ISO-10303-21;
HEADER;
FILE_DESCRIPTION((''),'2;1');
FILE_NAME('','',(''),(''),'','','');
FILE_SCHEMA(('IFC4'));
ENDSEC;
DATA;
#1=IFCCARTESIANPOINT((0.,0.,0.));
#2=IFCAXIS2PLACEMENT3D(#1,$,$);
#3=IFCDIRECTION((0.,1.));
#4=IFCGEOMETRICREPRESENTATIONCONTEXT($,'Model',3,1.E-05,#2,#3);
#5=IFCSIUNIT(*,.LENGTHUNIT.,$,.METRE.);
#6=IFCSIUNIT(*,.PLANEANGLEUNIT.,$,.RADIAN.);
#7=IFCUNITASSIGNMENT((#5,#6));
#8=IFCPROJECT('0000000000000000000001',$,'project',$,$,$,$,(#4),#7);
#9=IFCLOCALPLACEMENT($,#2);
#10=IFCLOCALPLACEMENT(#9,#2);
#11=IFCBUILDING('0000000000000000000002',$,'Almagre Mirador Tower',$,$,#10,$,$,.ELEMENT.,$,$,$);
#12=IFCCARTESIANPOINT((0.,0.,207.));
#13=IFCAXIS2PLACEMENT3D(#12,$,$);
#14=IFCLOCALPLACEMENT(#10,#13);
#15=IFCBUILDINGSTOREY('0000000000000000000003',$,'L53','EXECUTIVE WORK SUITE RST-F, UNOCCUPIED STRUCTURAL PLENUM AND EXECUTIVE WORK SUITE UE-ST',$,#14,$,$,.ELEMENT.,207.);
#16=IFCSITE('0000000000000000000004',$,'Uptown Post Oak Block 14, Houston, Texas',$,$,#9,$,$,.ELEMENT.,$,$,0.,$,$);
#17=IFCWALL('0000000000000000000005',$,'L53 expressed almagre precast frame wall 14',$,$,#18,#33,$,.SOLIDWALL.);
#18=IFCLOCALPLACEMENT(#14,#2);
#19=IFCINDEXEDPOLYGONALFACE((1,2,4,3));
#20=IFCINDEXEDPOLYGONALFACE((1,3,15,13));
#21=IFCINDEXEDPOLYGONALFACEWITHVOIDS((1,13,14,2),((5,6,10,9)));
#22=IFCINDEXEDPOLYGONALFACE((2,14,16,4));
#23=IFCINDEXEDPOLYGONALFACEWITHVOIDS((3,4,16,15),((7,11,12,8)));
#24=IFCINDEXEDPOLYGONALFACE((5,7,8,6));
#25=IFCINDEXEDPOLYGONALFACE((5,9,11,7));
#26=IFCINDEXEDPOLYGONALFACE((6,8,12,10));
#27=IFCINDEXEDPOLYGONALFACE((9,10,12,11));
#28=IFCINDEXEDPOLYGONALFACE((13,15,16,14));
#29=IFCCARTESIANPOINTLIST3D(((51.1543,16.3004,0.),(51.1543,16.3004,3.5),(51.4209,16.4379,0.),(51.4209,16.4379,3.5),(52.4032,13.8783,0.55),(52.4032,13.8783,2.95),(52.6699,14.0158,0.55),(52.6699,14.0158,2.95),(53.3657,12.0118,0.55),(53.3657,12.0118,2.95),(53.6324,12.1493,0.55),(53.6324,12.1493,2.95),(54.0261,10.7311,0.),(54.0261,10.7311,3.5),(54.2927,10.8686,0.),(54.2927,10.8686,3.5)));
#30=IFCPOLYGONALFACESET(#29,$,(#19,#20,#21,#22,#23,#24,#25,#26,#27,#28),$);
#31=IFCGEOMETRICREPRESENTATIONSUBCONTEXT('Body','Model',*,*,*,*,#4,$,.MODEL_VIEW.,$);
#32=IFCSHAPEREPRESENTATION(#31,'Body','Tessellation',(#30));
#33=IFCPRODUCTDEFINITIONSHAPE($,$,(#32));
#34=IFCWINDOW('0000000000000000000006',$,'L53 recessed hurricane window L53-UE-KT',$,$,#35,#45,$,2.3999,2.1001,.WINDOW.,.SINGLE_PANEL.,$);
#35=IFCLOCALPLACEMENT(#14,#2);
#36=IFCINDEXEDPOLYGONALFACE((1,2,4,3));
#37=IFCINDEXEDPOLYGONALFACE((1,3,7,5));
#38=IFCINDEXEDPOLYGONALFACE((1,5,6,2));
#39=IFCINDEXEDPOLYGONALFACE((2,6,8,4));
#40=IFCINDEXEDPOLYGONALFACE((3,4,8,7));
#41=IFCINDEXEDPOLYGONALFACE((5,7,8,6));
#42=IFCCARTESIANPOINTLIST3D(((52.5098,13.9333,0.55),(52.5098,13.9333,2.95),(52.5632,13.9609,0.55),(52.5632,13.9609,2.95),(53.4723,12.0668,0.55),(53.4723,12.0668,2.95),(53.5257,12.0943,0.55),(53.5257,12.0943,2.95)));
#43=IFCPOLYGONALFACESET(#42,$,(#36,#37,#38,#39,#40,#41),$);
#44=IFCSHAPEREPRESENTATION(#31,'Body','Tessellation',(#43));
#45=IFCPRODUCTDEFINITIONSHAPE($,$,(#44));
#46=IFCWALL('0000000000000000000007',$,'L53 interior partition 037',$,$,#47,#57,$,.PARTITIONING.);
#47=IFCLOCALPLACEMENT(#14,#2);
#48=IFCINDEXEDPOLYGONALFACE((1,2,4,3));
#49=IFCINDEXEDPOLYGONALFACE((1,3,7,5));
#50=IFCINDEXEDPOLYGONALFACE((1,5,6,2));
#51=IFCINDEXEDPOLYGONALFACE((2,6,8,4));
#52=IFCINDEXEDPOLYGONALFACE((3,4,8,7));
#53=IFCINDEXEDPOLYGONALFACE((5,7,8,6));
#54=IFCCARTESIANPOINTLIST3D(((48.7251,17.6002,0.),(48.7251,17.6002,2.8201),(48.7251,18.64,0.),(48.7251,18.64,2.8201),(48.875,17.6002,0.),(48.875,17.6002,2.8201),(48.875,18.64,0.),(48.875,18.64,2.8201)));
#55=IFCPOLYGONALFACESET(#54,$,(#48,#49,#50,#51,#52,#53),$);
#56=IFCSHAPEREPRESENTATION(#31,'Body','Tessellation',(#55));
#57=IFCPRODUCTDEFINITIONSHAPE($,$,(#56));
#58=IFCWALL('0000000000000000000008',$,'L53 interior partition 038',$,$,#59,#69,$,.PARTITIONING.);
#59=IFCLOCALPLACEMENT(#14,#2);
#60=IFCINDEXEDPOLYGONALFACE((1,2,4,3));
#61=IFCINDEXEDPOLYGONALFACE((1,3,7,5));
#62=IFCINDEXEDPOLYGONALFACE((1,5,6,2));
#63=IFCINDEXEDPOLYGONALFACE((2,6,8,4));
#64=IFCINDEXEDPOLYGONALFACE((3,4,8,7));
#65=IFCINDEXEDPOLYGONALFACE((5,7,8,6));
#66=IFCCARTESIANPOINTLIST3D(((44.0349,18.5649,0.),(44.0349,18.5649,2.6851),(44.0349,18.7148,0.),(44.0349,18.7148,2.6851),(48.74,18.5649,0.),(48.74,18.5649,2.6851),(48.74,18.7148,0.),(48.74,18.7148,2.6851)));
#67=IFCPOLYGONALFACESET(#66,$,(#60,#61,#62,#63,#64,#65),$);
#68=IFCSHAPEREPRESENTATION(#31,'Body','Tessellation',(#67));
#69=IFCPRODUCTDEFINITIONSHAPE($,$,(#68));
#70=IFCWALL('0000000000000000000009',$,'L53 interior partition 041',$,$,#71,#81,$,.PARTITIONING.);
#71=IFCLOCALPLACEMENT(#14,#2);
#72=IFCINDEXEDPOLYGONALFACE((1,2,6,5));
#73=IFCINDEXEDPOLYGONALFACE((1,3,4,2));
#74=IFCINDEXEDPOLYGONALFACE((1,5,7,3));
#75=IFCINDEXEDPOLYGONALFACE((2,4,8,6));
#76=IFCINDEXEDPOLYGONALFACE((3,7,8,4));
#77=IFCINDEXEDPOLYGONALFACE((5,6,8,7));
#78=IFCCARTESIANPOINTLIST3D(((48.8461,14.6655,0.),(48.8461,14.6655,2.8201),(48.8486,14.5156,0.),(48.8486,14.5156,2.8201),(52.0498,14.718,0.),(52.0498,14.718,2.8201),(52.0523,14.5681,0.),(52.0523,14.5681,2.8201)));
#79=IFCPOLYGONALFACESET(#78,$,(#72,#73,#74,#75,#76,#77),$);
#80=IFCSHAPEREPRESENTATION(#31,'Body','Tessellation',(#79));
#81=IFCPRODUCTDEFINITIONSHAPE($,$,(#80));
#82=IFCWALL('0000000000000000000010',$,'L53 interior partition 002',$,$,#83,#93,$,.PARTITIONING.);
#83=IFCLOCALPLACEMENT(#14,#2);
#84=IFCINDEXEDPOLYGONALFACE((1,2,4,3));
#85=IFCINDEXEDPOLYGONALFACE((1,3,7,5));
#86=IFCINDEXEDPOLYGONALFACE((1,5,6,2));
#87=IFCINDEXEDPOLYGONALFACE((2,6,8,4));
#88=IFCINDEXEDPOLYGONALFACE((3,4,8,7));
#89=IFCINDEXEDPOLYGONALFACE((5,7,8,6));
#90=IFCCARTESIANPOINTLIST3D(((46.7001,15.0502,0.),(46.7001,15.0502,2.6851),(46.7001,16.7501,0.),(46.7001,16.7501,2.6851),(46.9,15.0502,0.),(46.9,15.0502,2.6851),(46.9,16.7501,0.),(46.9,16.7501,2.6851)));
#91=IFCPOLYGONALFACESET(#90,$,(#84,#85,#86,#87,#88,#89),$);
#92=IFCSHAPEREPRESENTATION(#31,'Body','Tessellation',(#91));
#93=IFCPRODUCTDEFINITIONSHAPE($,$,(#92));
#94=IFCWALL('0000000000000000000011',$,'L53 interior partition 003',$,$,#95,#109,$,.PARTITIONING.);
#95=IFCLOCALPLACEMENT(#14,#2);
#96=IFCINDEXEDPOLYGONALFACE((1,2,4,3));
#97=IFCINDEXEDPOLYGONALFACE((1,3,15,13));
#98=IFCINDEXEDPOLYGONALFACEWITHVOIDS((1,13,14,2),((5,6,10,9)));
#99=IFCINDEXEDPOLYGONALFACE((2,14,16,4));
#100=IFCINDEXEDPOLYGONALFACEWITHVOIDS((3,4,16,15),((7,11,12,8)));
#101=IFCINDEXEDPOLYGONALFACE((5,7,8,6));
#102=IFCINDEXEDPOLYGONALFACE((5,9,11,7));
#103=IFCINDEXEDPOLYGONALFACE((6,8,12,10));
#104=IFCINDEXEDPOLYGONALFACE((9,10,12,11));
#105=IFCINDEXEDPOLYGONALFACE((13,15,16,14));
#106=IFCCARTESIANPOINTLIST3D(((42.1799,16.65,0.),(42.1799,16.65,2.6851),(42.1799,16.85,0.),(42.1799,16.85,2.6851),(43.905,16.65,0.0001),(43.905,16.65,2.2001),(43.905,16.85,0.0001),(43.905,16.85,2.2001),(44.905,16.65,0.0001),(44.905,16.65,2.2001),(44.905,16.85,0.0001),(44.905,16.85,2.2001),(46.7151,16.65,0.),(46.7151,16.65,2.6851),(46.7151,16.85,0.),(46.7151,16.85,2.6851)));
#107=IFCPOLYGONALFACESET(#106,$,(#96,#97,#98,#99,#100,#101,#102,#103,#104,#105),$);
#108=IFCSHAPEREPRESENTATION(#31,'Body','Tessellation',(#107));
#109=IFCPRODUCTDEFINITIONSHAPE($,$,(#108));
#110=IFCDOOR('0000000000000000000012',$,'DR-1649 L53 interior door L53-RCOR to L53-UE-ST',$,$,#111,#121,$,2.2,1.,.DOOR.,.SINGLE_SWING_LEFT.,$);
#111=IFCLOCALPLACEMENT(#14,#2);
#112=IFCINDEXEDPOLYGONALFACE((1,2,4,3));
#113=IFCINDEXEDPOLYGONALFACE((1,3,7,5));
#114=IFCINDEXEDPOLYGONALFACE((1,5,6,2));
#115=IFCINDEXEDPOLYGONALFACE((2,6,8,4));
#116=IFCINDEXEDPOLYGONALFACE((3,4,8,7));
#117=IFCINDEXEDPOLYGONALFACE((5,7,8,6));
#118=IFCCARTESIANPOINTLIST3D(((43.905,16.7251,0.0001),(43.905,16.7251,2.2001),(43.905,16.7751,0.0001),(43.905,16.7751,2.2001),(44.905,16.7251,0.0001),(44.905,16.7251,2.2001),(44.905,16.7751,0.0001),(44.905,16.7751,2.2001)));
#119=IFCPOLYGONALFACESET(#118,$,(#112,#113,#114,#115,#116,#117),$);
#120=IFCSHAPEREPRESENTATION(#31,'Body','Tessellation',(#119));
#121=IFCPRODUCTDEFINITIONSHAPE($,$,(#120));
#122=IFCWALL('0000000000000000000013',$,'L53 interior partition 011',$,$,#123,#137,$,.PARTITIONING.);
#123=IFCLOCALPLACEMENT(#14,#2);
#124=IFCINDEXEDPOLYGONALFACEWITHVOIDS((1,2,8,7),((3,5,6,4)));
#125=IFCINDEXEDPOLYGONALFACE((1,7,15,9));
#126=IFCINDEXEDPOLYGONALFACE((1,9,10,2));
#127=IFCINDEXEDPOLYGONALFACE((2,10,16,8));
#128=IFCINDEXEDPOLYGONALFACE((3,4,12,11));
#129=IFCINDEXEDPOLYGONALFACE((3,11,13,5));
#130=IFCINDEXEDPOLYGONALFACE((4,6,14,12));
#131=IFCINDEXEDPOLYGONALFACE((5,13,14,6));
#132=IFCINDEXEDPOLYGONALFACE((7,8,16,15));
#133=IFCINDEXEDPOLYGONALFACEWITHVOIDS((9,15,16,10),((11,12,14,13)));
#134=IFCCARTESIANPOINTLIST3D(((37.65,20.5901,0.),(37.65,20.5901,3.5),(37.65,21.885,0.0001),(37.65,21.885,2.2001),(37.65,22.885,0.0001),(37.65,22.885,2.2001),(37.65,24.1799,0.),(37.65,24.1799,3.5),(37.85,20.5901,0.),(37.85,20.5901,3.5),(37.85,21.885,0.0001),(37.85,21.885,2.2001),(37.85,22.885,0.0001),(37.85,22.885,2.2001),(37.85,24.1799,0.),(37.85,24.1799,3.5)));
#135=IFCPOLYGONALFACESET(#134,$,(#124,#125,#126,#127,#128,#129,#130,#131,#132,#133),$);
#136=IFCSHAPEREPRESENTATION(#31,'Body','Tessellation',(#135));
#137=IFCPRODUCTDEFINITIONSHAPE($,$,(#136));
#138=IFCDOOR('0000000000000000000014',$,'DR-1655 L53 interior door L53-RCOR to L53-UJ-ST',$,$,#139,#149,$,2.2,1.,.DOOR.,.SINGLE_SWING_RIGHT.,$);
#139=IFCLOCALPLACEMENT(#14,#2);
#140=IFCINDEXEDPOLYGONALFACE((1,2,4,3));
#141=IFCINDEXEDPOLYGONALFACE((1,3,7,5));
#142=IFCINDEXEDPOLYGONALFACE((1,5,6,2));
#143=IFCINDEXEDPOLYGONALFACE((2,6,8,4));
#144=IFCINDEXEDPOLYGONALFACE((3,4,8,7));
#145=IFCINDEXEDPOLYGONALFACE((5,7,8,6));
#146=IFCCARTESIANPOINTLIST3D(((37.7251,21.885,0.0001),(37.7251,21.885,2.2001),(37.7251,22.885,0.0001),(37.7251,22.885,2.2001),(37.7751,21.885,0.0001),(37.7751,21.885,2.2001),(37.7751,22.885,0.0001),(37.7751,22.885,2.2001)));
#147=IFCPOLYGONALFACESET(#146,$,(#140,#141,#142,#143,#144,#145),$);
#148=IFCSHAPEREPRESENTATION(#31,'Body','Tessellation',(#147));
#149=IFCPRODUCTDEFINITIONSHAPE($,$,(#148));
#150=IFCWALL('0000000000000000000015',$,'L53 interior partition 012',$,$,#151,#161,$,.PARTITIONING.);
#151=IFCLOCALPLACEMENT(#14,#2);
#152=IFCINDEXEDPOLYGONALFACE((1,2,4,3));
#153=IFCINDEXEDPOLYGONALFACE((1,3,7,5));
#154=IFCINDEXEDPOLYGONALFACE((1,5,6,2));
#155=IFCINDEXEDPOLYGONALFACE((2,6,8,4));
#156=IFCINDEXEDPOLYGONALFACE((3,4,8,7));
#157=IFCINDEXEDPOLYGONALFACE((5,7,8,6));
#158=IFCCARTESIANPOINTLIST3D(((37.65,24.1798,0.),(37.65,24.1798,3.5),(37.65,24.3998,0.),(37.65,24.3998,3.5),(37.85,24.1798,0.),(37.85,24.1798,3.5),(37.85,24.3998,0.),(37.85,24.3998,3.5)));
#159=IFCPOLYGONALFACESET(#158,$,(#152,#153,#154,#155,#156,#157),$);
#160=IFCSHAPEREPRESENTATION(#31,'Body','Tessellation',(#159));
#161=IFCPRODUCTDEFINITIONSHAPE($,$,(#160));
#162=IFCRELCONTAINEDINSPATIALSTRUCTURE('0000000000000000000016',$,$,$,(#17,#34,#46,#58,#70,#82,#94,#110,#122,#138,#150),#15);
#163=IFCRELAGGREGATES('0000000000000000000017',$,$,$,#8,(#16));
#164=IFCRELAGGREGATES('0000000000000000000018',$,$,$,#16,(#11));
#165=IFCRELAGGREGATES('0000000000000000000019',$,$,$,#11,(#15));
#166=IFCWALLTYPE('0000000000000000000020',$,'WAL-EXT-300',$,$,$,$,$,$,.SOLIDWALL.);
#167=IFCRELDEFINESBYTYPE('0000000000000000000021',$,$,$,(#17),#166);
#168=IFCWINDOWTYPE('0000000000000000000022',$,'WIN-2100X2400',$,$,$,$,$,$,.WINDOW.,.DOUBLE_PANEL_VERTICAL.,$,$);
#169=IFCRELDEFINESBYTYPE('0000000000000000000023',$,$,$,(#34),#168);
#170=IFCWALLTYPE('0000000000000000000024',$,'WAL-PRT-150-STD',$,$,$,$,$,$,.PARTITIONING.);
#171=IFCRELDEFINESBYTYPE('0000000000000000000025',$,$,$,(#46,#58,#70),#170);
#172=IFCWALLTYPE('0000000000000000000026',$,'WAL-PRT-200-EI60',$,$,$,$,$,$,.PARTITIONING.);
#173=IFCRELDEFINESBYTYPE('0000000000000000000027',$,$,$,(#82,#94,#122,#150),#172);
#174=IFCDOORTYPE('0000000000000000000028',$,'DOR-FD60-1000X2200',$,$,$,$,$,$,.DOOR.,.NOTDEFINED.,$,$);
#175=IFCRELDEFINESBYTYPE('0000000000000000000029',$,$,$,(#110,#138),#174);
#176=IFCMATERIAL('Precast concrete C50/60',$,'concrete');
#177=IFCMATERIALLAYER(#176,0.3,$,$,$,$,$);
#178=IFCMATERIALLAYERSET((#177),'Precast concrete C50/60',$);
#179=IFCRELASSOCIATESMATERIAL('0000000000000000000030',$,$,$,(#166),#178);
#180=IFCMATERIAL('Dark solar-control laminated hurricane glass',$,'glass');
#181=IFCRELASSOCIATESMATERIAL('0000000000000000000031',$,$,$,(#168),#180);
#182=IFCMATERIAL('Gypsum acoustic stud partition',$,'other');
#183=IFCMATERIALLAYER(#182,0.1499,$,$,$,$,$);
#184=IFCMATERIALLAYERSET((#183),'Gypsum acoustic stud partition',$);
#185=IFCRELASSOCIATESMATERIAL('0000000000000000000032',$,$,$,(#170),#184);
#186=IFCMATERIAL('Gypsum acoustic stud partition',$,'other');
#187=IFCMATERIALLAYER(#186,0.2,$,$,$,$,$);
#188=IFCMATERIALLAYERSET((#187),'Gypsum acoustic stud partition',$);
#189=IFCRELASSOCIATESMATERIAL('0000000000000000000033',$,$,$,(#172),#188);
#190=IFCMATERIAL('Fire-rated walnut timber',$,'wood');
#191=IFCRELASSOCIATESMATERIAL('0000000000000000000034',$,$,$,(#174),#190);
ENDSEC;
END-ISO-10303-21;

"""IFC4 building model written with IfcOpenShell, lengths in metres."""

from ifc_helpers import new_model, si_unit, direction, frame, frame_2d, origin, place, context, subcontext, project, spatial, rectangle, extrude, material, layer, layer_set, type_object, element, fill, save


model = new_model("IFC4")

# Units and contexts
model_context = context("Model", 3, precision=1e-05, world=origin(), true_north=direction((0.0, 1.0)))
body_context = subcontext(model_context, "Body", "Model", "MODEL_VIEW")
ifc_project = project(units=[si_unit("LENGTHUNIT", "METRE"), si_unit("PLANEANGLEUNIT", "RADIAN")], contexts=[model_context])

# Site, building, storey
site_placement = place(None, origin())
site = spatial("IfcSite", under=ifc_project, at=site_placement, Name="Uptown Post Oak Block 14, Houston, Texas", CompositionType="ELEMENT", RefElevation=0.0)
building_placement = place(site_placement, origin())
building = spatial("IfcBuilding", under=site, at=building_placement, Name="Almagre Mirador Tower", CompositionType="ELEMENT")
storey_placement = place(building_placement, frame((0.0, 0.0, 207.0)))
storey = spatial("IfcBuildingStorey", under=building, at=storey_placement, Name="L53", Description="EXECUTIVE WORK SUITE RST-F, UNOCCUPIED STRUCTURAL PLENUM AND EXECUTIVE WORK SUITE UE-ST", CompositionType="ELEMENT", Elevation=207.0)

# Shared definitions
ifc_material_1 = material(Name="Precast concrete C50/60", Category="concrete")
ifc_layer_1 = layer(ifc_material_1, 0.3)
ifc_layer_set_1 = layer_set([ifc_layer_1], Name="Precast concrete C50/60")
wall_type_1 = type_object("IfcWallType", Name="WAL-EXT-300", PredefinedType="SOLIDWALL", material=ifc_layer_set_1)

# Wall, opening, window
wall_1_placement = place(storey_placement, frame((51.2876, 16.3691, 0.0), z_axis=(0.0, 0.0, 1.0), x_axis=(0.458306, -0.888794, 0.0)))
wall_1 = element("IfcWall", 1, at=wall_1_placement, inside=storey, type_object=wall_type_1, Name="L53 expressed almagre precast frame wall 14", PredefinedType="SOLIDWALL", context=body_context, shape_type="SweptSolid", body=[
    extrude(rectangle(XDim=6.2661, YDim=0.3, at=frame_2d((3.1331, 0.0))), origin(), (0.0, 0.0, 1.0), 3.5),
])
opening_1_placement = place(wall_1_placement, frame((2.7251, 0.0, 0.55)))
opening_1 = element("IfcOpeningElement", 2, at=opening_1_placement, cuts=wall_1, PredefinedType="OPENING", context=body_context, shape_type="SweptSolid", body=[
    extrude(rectangle(XDim=2.1001, YDim=2.3999, at=frame_2d((1.05, 1.2))), frame((0.0, 0.1599, 0.0), z_axis=(0.0, -1.0, 0.0), x_axis=(1.0, 0.0, 0.0)), (0.0, 0.0, 1.0), 0.32),
])
ifc_material_2 = material(Name="Dark solar-control laminated hurricane glass", Category="glass")
window_type_1 = type_object("IfcWindowType", Name="WIN-2100X2400", PartitioningType="DOUBLE_PANEL_VERTICAL", PredefinedType="WINDOW", material=ifc_material_2)
window_1_placement = place(opening_1_placement, origin())
window_1 = element("IfcWindow", 3, at=window_1_placement, inside=storey, type_object=window_type_1, Name="L53 recessed hurricane window L53-UE-KT", OverallHeight=2.3999, OverallWidth=2.1001, PartitioningType="SINGLE_PANEL", PredefinedType="WINDOW", context=body_context, shape_type="SweptSolid", body=[
    extrude(rectangle(XDim=2.1001, YDim=2.3999, at=frame_2d((1.05, 1.2))), frame((0.0, 0.03, 0.0), z_axis=(0.0, -1.0, 0.0), x_axis=(1.0, 0.0, 0.0)), (0.0, 0.0, 1.0), 0.0601),
])
fill(opening_1, window_1)

# Walls
ifc_material_3 = material(Name="Gypsum acoustic stud partition", Category="other")
ifc_layer_2 = layer(ifc_material_3, 0.1499)
ifc_layer_set_2 = layer_set([ifc_layer_2], Name="Gypsum acoustic stud partition")
wall_type_2 = type_object("IfcWallType", Name="WAL-PRT-150-STD", PredefinedType="PARTITIONING", material=ifc_layer_set_2)
wall_2_placement = place(storey_placement, frame((48.8, 17.6001, 0.0), z_axis=(0.0, 0.0, 1.0), x_axis=(0.0, 1.0, 0.0)))
element("IfcWall", 4, at=wall_2_placement, inside=storey, type_object=wall_type_2, Name="L53 interior partition 037", PredefinedType="PARTITIONING", context=body_context, shape_type="SweptSolid", body=[
    extrude(rectangle(XDim=1.0398, YDim=0.1499, at=frame_2d((0.52, 0.0))), origin(), (0.0, 0.0, 1.0), 2.8201),
])
wall_3_placement = place(storey_placement, frame((48.74, 18.6399, 0.0), z_axis=(0.0, 0.0, 1.0), x_axis=(-1.0, 0.0, 0.0)))
element("IfcWall", 5, at=wall_3_placement, inside=storey, type_object=wall_type_2, Name="L53 interior partition 038", PredefinedType="PARTITIONING", context=body_context, shape_type="SweptSolid", body=[
    extrude(rectangle(XDim=4.7051, YDim=0.1499, at=frame_2d((2.3525, 0.0))), origin(), (0.0, 0.0, 1.0), 2.6851),
])
wall_4_placement = place(storey_placement, frame((52.051, 14.6431, 0.0), z_axis=(0.0, 0.0, 1.0), x_axis=(-0.999866, -0.016382, 0.0)))
element("IfcWall", 6, at=wall_4_placement, inside=storey, type_object=wall_type_2, Name="L53 interior partition 041", PredefinedType="PARTITIONING", context=body_context, shape_type="SweptSolid", body=[
    extrude(rectangle(XDim=3.2041, YDim=0.1499, at=frame_2d((1.6021, 0.0))), origin(), (0.0, 0.0, 1.0), 2.8201),
])
ifc_material_4 = material(Name="Gypsum acoustic stud partition", Category="other")
ifc_layer_3 = layer(ifc_material_4, 0.2)
ifc_layer_set_3 = layer_set([ifc_layer_3], Name="Gypsum acoustic stud partition")
wall_type_3 = type_object("IfcWallType", Name="WAL-PRT-200-EI60", PredefinedType="PARTITIONING", material=ifc_layer_set_3)
wall_5_placement = place(storey_placement, frame((46.8, 15.05, 0.0), z_axis=(0.0, 0.0, 1.0), x_axis=(0.0, 1.0, 0.0)))
element("IfcWall", 7, at=wall_5_placement, inside=storey, type_object=wall_type_3, Name="L53 interior partition 002", PredefinedType="PARTITIONING", context=body_context, shape_type="SweptSolid", body=[
    extrude(rectangle(XDim=1.7, YDim=0.2, at=frame_2d((0.8501, 0.0))), origin(), (0.0, 0.0, 1.0), 2.6851),
])

# Walls, openings, doors
wall_6_placement = place(storey_placement, frame((46.7151, 16.75, 0.0), z_axis=(0.0, 0.0, 1.0), x_axis=(-1.0, 0.0, 0.0)))
wall_6 = element("IfcWall", 8, at=wall_6_placement, inside=storey, type_object=wall_type_3, Name="L53 interior partition 003", PredefinedType="PARTITIONING", context=body_context, shape_type="SweptSolid", body=[
    extrude(rectangle(XDim=4.5352, YDim=0.2, at=frame_2d((2.2676, 0.0))), origin(), (0.0, 0.0, 1.0), 2.6851),
])
opening_2_placement = place(wall_6_placement, frame((1.8101, 0.0, 0.0)))
opening_2 = element("IfcOpeningElement", 9, at=opening_2_placement, cuts=wall_6, PredefinedType="OPENING", context=body_context, shape_type="SweptSolid", body=[
    extrude(rectangle(XDim=1.0, YDim=2.2, at=frame_2d((0.5, 1.1001))), frame((0.0, 0.1101, 0.0), z_axis=(0.0, -1.0, 0.0), x_axis=(1.0, 0.0, 0.0)), (0.0, 0.0, 1.0), 0.22),
])
ifc_material_5 = material(Name="Fire-rated walnut timber", Category="wood")
door_type_1 = type_object("IfcDoorType", Name="DOR-FD60-1000X2200", OperationType="NOTDEFINED", PredefinedType="DOOR", material=ifc_material_5)
door_1_placement = place(opening_2_placement, origin())
door_1 = element("IfcDoor", 10, at=door_1_placement, inside=storey, type_object=door_type_1, Name="DR-1649 L53 interior door L53-RCOR to L53-UE-ST", OperationType="SINGLE_SWING_LEFT", OverallHeight=2.2, OverallWidth=1.0, PredefinedType="DOOR", context=body_context, shape_type="SweptSolid", body=[
    extrude(rectangle(XDim=1.0, YDim=2.2, at=frame_2d((0.5, 1.1001))), frame((0.0, 0.0249, 0.0), z_axis=(0.0, -1.0, 0.0), x_axis=(1.0, 0.0, 0.0)), (0.0, 0.0, 1.0), 0.05),
])
fill(opening_2, door_1)
wall_7_placement = place(storey_placement, frame((37.75, 20.5901, 0.0), z_axis=(0.0, 0.0, 1.0), x_axis=(0.0, 1.0, 0.0)))
wall_7 = element("IfcWall", 11, at=wall_7_placement, inside=storey, type_object=wall_type_3, Name="L53 interior partition 011", PredefinedType="PARTITIONING", context=body_context, shape_type="SweptSolid", body=[
    extrude(rectangle(XDim=3.5898, YDim=0.2, at=frame_2d((1.7949, 0.0))), origin(), (0.0, 0.0, 1.0), 3.5),
])
opening_3_placement = place(wall_7_placement, frame((1.2949, 0.0, 0.0)))
opening_3 = element("IfcOpeningElement", 12, at=opening_3_placement, cuts=wall_7, PredefinedType="OPENING", context=body_context, shape_type="SweptSolid", body=[
    extrude(rectangle(XDim=1.0, YDim=2.2, at=frame_2d((0.5, 1.1001))), frame((0.0, 0.1101, 0.0), z_axis=(0.0, -1.0, 0.0), x_axis=(1.0, 0.0, 0.0)), (0.0, 0.0, 1.0), 0.22),
])
door_2_placement = place(opening_3_placement, origin())
door_2 = element("IfcDoor", 13, at=door_2_placement, inside=storey, type_object=door_type_1, Name="DR-1655 L53 interior door L53-RCOR to L53-UJ-ST", OperationType="SINGLE_SWING_RIGHT", OverallHeight=2.2, OverallWidth=1.0, PredefinedType="DOOR", context=body_context, shape_type="SweptSolid", body=[
    extrude(rectangle(XDim=1.0, YDim=2.2, at=frame_2d((0.5, 1.1001))), frame((0.0, 0.0249, 0.0), z_axis=(0.0, -1.0, 0.0), x_axis=(1.0, 0.0, 0.0)), (0.0, 0.0, 1.0), 0.05),
])
fill(opening_3, door_2)

# Wall
wall_8_placement = place(storey_placement, frame((37.75, 24.1799, 0.0), z_axis=(0.0, 0.0, 1.0), x_axis=(0.0, 1.0, 0.0)))
element("IfcWall", 14, at=wall_8_placement, inside=storey, type_object=wall_type_3, Name="L53 interior partition 012", PredefinedType="PARTITIONING", context=body_context, shape_type="SweptSolid", body=[
    extrude(rectangle(XDim=0.22, YDim=0.2, at=frame_2d((0.1099, 0.0))), origin(), (0.0, 0.0, 1.0), 3.5),
])

save(model, "model.ifc")
